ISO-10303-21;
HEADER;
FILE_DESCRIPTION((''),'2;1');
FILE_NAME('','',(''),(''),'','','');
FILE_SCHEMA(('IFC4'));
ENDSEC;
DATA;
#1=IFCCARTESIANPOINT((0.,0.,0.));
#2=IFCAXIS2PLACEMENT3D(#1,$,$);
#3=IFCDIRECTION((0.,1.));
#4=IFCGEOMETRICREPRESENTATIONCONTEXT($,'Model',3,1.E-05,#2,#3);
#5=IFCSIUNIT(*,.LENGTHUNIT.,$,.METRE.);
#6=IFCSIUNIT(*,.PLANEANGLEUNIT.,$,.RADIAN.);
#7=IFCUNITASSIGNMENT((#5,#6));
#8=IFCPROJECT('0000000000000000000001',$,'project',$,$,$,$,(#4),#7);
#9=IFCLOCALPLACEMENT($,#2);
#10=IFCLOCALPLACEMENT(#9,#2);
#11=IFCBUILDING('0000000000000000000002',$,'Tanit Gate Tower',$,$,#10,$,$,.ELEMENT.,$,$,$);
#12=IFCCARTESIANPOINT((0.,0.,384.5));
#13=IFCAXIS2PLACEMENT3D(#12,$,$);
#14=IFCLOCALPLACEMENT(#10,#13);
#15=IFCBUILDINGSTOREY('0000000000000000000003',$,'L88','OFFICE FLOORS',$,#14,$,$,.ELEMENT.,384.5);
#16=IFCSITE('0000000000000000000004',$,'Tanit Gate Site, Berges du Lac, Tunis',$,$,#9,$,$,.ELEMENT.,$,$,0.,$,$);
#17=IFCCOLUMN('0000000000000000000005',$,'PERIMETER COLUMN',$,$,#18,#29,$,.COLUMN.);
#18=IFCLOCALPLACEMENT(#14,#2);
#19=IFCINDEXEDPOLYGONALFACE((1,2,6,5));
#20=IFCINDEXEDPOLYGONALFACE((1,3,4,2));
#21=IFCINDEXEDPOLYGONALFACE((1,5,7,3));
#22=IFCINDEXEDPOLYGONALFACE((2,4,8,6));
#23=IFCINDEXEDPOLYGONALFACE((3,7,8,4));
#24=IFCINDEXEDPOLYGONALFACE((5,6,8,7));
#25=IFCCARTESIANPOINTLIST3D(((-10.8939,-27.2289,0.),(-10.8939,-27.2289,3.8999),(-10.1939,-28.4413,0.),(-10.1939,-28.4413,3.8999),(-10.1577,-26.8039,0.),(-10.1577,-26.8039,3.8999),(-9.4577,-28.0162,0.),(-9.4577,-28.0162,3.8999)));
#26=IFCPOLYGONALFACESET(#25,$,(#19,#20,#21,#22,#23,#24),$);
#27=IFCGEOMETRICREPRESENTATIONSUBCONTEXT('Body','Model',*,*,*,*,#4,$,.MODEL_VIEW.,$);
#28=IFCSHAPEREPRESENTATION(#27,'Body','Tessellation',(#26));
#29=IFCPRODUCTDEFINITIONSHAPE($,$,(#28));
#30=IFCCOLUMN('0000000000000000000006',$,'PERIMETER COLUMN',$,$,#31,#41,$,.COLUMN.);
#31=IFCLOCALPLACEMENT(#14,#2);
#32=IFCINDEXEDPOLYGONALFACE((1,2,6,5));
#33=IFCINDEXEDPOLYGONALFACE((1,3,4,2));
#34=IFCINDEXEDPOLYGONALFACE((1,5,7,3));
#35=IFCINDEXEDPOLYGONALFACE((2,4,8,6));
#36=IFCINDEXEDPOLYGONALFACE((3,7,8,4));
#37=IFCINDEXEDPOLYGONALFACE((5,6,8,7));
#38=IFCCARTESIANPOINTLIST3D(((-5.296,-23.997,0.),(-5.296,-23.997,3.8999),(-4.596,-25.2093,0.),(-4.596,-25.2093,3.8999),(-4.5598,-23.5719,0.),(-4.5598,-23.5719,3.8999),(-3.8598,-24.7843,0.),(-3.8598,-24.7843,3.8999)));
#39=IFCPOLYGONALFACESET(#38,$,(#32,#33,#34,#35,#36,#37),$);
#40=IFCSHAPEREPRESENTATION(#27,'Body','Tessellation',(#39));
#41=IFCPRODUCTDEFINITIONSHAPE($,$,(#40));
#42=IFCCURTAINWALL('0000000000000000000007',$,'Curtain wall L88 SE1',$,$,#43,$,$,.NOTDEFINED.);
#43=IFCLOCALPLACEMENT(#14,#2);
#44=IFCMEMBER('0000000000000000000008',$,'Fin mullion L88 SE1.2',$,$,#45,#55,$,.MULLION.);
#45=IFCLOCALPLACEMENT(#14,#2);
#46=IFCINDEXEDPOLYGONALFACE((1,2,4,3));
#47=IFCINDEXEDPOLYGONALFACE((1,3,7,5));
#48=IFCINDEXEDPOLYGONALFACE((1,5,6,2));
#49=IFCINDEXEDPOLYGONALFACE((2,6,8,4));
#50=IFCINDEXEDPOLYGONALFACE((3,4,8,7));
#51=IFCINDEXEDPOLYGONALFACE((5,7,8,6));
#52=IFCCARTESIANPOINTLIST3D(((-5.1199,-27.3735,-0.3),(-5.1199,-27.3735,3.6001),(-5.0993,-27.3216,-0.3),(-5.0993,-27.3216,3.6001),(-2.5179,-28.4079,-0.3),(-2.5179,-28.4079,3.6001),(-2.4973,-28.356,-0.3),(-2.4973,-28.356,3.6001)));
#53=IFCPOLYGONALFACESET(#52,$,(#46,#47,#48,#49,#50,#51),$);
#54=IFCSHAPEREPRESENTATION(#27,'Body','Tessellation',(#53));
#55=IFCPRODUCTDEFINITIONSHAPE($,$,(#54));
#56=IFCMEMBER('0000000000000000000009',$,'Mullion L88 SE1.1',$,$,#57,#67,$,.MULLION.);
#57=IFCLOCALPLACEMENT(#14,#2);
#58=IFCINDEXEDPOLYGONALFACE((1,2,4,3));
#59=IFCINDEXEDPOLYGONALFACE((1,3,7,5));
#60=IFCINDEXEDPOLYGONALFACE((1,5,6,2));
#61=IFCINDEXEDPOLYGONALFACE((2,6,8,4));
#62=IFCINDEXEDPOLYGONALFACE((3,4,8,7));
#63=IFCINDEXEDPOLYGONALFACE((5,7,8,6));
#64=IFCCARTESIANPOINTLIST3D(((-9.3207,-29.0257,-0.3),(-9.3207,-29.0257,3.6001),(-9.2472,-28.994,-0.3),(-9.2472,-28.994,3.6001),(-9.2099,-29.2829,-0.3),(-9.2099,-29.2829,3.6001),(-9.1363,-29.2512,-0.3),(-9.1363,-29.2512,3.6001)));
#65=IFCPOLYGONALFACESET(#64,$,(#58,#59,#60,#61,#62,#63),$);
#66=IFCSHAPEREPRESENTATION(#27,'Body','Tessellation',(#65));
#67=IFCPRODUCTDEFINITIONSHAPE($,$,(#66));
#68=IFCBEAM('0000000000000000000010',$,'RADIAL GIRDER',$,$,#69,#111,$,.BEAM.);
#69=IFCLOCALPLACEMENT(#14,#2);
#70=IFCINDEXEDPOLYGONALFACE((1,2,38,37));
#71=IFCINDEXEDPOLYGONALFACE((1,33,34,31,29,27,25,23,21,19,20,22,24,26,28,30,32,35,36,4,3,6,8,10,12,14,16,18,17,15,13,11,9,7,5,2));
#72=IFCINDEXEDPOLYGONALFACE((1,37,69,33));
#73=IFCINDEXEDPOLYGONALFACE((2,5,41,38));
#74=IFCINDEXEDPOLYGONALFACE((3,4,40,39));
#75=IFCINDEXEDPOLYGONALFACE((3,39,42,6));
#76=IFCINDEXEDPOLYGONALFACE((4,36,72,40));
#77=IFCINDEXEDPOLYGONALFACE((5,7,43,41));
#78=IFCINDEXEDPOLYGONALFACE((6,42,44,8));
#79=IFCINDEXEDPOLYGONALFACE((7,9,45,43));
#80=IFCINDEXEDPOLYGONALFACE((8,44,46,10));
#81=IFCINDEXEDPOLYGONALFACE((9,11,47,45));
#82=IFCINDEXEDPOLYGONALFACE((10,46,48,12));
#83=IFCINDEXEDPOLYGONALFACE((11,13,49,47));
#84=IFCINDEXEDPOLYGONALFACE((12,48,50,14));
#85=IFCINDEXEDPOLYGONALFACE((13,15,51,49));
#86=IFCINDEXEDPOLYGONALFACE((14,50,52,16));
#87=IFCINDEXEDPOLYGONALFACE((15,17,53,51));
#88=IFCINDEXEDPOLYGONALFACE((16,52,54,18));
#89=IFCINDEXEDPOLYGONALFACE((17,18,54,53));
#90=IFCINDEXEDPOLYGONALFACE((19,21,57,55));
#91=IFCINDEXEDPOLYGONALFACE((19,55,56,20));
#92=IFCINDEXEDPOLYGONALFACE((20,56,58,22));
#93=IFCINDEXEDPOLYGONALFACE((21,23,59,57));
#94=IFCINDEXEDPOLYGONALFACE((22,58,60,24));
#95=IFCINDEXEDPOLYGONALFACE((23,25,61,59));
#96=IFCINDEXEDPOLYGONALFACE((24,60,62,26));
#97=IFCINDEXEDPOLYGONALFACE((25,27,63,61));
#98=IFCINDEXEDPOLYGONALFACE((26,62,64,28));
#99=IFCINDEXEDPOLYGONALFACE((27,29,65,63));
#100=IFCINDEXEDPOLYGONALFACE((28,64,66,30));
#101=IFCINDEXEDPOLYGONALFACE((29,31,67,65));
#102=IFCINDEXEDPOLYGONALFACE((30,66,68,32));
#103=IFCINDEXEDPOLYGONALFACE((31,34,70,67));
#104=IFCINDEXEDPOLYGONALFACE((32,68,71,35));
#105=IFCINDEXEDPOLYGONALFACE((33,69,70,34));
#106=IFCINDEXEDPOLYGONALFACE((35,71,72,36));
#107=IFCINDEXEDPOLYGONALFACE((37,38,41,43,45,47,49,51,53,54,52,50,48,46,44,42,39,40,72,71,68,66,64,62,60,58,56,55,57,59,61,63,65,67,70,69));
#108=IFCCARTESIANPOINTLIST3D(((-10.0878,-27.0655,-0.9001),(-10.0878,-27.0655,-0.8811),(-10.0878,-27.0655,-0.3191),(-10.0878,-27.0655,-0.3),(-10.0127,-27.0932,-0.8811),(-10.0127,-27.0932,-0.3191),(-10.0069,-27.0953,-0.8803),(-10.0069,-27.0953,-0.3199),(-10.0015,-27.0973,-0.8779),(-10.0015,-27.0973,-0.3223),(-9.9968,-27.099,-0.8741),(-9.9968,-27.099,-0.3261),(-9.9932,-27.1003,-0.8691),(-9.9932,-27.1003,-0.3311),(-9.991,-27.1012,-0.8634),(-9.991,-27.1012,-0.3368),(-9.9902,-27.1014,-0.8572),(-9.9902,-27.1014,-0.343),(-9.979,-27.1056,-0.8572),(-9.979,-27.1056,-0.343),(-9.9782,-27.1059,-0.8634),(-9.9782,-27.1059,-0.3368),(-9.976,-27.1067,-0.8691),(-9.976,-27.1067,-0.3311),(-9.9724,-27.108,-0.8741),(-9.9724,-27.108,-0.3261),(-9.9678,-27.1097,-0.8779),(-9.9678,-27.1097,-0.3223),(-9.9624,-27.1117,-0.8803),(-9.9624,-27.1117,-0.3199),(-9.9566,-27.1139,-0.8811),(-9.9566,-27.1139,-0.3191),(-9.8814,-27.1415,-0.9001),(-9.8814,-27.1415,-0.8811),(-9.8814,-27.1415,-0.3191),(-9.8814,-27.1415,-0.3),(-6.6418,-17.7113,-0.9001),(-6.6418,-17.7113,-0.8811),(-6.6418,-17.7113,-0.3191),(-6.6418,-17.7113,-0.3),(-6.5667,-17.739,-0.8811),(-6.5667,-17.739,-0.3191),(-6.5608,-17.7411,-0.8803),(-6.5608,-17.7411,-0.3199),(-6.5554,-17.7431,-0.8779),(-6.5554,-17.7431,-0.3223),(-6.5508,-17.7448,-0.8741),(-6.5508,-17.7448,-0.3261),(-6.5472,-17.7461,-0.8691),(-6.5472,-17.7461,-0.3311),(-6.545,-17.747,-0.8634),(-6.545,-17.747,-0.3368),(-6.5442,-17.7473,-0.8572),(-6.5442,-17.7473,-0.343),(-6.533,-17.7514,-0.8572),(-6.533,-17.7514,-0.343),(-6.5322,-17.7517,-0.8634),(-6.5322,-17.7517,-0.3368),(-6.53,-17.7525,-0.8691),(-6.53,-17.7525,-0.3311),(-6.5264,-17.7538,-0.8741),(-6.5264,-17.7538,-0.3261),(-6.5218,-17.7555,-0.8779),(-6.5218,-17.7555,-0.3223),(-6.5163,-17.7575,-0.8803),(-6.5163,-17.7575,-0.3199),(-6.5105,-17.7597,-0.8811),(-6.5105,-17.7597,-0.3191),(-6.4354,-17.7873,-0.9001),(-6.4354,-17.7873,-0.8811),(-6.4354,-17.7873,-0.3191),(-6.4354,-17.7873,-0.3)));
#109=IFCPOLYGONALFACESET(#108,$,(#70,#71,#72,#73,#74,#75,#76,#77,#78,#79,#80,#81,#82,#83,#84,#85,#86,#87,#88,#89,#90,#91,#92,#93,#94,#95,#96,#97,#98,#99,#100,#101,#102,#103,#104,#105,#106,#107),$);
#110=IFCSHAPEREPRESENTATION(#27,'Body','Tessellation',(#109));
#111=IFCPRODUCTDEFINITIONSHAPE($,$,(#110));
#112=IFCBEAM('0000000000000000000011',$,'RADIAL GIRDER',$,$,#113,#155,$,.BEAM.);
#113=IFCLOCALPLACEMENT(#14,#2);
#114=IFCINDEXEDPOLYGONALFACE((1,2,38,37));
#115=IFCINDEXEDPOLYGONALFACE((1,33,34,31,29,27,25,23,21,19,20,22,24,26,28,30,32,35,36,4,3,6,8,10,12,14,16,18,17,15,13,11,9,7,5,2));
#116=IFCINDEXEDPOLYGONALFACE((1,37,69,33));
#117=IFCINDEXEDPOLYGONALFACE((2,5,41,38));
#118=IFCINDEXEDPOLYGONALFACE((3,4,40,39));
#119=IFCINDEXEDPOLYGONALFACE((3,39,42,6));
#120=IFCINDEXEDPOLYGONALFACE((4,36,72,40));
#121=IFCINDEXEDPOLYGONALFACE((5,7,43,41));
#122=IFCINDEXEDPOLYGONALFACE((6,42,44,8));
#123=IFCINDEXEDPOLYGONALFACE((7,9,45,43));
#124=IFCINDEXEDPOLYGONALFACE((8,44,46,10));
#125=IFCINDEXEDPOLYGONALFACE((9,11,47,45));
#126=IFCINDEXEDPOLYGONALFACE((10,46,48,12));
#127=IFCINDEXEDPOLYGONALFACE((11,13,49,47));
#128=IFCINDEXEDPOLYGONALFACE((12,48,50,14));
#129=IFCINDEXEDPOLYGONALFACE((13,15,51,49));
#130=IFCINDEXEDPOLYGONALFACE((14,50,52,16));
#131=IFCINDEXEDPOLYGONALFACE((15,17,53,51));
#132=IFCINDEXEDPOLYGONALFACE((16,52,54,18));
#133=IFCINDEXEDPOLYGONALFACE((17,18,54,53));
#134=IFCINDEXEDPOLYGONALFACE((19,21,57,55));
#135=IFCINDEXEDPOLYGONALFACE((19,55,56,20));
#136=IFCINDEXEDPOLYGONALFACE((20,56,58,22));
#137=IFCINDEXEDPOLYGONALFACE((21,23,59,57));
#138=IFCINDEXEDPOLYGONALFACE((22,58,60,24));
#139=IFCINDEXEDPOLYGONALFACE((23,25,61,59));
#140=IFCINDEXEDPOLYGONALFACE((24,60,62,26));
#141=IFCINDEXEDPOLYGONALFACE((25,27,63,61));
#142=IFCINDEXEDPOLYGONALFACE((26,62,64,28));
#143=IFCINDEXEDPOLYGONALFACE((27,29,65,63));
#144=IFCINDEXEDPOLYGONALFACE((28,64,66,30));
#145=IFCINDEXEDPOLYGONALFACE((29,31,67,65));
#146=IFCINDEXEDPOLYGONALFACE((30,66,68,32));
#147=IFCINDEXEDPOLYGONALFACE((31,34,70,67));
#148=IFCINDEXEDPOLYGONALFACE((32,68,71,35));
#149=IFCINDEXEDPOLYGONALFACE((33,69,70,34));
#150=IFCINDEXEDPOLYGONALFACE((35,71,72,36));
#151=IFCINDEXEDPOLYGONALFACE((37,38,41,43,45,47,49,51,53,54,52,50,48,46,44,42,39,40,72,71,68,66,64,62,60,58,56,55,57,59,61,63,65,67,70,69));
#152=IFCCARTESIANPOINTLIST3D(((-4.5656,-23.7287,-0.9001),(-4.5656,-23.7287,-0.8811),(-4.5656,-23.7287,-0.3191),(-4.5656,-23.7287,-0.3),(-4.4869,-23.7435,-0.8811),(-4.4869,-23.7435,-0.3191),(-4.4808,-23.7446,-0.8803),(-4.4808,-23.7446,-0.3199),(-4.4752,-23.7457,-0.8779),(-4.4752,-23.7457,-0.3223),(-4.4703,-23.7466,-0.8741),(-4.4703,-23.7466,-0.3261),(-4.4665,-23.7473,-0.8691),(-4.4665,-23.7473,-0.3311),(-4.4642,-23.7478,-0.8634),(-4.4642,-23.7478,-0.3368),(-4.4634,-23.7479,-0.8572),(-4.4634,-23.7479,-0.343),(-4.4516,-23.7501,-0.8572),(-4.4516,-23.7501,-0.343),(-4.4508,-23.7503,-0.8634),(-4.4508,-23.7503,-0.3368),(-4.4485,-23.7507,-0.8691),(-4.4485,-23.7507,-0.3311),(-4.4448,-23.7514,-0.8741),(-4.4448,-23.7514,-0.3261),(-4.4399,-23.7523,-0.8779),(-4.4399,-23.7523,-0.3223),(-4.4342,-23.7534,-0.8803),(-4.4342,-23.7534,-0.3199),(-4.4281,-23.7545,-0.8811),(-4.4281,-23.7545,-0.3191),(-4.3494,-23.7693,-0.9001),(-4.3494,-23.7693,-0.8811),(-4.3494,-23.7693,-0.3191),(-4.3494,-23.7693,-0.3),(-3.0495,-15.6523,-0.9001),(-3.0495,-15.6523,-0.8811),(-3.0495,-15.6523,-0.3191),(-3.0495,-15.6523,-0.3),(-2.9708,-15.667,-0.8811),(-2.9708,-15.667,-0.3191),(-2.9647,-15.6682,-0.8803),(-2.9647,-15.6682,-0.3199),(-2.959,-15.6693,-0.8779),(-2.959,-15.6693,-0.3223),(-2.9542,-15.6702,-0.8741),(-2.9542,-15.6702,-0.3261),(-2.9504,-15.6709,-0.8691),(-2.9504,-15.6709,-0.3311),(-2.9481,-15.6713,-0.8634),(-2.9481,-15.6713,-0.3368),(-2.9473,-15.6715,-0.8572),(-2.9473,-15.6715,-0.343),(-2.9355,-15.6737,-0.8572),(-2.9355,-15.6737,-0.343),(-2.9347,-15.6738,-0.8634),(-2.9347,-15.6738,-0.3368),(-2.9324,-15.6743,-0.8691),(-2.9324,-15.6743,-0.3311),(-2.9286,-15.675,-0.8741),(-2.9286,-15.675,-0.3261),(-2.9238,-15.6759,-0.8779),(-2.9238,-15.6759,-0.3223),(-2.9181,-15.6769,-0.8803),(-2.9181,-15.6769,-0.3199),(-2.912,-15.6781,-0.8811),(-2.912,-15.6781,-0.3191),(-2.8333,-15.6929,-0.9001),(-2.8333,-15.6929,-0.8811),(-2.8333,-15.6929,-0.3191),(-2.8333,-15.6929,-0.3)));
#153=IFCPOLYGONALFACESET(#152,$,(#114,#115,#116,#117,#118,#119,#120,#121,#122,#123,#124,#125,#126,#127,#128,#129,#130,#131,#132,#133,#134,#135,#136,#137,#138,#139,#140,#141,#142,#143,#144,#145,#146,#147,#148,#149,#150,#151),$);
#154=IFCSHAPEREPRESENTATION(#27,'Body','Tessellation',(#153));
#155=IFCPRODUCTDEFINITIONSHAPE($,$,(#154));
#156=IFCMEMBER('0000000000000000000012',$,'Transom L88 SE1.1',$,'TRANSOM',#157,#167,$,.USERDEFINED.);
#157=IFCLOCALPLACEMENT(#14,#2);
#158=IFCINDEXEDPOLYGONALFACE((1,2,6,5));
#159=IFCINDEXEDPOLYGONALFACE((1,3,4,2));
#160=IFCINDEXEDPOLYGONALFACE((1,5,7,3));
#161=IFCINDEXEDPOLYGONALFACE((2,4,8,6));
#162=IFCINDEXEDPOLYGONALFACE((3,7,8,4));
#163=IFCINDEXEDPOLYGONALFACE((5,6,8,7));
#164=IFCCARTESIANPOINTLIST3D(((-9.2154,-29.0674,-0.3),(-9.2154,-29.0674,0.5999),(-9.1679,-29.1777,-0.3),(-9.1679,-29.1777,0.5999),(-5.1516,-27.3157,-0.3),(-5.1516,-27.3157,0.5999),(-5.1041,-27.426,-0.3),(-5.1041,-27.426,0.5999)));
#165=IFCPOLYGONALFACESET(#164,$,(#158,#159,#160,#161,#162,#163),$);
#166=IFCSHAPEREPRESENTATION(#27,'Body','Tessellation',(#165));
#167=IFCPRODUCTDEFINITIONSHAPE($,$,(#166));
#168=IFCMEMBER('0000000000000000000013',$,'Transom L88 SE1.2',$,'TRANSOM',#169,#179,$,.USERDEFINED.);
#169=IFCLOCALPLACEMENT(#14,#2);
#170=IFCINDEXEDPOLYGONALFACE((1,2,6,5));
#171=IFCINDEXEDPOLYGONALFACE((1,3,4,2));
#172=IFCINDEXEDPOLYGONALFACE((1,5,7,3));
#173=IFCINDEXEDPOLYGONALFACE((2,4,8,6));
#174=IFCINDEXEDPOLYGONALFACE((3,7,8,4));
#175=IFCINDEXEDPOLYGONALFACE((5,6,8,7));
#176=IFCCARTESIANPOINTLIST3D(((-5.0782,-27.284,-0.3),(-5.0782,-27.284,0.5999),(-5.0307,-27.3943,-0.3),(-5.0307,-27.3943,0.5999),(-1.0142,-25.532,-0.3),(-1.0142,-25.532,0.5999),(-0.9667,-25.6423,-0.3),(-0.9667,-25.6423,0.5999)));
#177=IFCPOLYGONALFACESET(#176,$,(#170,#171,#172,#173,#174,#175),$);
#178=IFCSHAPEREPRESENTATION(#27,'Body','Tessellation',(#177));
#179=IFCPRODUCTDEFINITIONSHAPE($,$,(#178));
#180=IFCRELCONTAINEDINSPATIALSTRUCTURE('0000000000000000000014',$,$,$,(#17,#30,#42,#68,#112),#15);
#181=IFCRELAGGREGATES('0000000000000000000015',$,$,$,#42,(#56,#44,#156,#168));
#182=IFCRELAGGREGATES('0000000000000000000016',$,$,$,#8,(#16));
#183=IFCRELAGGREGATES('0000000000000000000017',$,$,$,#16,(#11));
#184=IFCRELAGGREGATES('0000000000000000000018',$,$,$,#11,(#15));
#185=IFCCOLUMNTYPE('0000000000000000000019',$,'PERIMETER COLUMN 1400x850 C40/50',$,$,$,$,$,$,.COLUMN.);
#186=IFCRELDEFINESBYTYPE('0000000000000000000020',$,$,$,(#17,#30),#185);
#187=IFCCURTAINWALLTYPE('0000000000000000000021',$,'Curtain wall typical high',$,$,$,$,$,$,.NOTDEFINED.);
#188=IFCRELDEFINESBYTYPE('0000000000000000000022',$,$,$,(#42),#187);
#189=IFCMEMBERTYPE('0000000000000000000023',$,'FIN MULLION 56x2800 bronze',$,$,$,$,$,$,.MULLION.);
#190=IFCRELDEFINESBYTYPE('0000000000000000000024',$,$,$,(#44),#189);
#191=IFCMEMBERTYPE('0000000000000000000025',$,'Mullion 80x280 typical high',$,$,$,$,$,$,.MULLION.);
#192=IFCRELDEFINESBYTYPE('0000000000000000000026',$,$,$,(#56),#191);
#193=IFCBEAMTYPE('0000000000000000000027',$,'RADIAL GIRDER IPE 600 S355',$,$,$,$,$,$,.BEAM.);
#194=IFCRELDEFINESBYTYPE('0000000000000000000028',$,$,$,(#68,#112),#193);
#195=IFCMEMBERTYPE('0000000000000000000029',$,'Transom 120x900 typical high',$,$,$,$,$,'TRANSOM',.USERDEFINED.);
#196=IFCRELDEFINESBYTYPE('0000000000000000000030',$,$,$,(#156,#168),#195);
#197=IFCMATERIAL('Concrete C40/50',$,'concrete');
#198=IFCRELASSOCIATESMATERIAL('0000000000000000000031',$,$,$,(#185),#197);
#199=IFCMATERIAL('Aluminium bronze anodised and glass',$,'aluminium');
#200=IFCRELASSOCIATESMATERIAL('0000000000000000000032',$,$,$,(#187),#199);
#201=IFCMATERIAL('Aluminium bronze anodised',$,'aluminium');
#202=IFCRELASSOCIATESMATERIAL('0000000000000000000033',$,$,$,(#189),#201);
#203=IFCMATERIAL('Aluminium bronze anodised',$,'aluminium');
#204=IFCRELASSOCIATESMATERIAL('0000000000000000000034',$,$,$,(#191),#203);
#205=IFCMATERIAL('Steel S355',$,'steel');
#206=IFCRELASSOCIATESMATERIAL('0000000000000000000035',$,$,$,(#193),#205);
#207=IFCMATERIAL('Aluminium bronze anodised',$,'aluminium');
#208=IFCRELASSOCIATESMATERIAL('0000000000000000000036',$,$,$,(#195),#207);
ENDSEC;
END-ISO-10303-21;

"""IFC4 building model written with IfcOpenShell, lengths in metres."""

from ifc_helpers import new_model, si_unit, direction, frame, origin, origin_2d, place, context, subcontext, project, spatial, rectangle, i_section, extrude, material, material_profile, profile_set, type_object, element, aggregate, save


model = new_model("IFC4")

# Units and contexts
model_context = context("Model", 3, precision=1e-05, world=origin(), true_north=direction((0.0, 1.0)))
body_context = subcontext(model_context, "Body", "Model", "MODEL_VIEW")
ifc_project = project(units=[si_unit("LENGTHUNIT", "METRE"), si_unit("PLANEANGLEUNIT", "RADIAN")], contexts=[model_context])

# Site, building, storey
site_placement = place(None, origin())
site = spatial("IfcSite", under=ifc_project, at=site_placement, Name="Tanit Gate Site, Berges du Lac, Tunis", CompositionType="ELEMENT", RefElevation=0.0)
building_placement = place(site_placement, origin())
building = spatial("IfcBuilding", under=site, at=building_placement, Name="Tanit Gate Tower", CompositionType="ELEMENT")
storey_placement = place(building_placement, frame((0.0, 0.0, 384.5)))
storey = spatial("IfcBuildingStorey", under=building, at=storey_placement, Name="L88", Description="OFFICE FLOORS", CompositionType="ELEMENT", Elevation=384.5)

# Columns
ifc_material_1 = material(Name="Concrete C40/50", Category="concrete")
ifc_material_profile_1 = material_profile(ifc_material_1, rectangle(XDim=1.3999, YDim=0.8501, at=origin_2d()), Name="RC 1400x850")
ifc_profile_set_1 = profile_set([ifc_material_profile_1], Name="Concrete C40/50")
column_type = type_object("IfcColumnType", Name="PERIMETER COLUMN 1400x850 C40/50", PredefinedType="COLUMN", material=ifc_profile_set_1)
for number, where, z_axis, x_axis, name in (
    (1, (-10.1758, -27.6226, 0.0), (0.0, 0.0, 1.0), (0.5, -0.866025, 0.0), "PERIMETER COLUMN"),
    (2, (-4.5779, -24.3906, 0.0), (0.0, 0.0, 1.0), (0.5, -0.866025, 0.0), "PERIMETER COLUMN"),
):
    element("IfcColumn", number, at=place(storey_placement, frame(where, z_axis=z_axis, x_axis=x_axis)), inside=storey, type_object=column_type, Name=name, PredefinedType="COLUMN", context=body_context, shape_type="SweptSolid", body=[
        extrude(rectangle(XDim=1.3999, YDim=0.8501, at=origin_2d()), origin(), (0.0, 0.0, 1.0), 3.8999),
    ])

# Curtain wall, members
ifc_material_2 = material(Name="Aluminium bronze anodised and glass", Category="aluminium")
curtain_wall_type = type_object("IfcCurtainWallType", Name="Curtain wall typical high", PredefinedType="NOTDEFINED", material=ifc_material_2)
curtain_wall_placement = place(storey_placement, origin())
curtain_wall = element("IfcCurtainWall", 3, at=curtain_wall_placement, inside=storey, type_object=curtain_wall_type, Name="Curtain wall L88 SE1", PredefinedType="NOTDEFINED")
ifc_material_3 = material(Name="Aluminium bronze anodised", Category="aluminium")
ifc_material_profile_2 = material_profile(ifc_material_3, rectangle(XDim=2.8, YDim=0.0559, at=origin_2d()), Name="56x2800 bronze fin mullion")
ifc_profile_set_2 = profile_set([ifc_material_profile_2], Name="Aluminium bronze anodised")
member_type_1 = type_object("IfcMemberType", Name="FIN MULLION 56x2800 bronze", PredefinedType="MULLION", material=ifc_profile_set_2)
member_1_placement = place(storey_placement, frame((-3.8086, -27.8647, -0.3), z_axis=(0.0, 0.0, 1.0), x_axis=(-0.929264, 0.369417, 0.0)))
member_1 = element("IfcMember", 4, at=member_1_placement, type_object=member_type_1, Name="Fin mullion L88 SE1.2", PredefinedType="MULLION", context=body_context, shape_type="SweptSolid", body=[
    extrude(rectangle(XDim=2.8, YDim=0.0559, at=origin_2d()), origin(), (0.0, 0.0, 1.0), 3.9001),
])
ifc_material_4 = material(Name="Aluminium bronze anodised", Category="aluminium")
ifc_material_profile_3 = material_profile(ifc_material_4, rectangle(XDim=0.28, YDim=0.0801, at=origin_2d()), Name="80x280 bronze mullion")
ifc_profile_set_3 = profile_set([ifc_material_profile_3], Name="Aluminium bronze anodised")
member_type_2 = type_object("IfcMemberType", Name="Mullion 80x280 typical high", PredefinedType="MULLION", material=ifc_profile_set_3)
member_2_placement = place(storey_placement, frame((-9.2285, -29.1384, -0.3), z_axis=(0.0, 0.0, 1.0), x_axis=(-0.395871, 0.918306, 0.0)))
member_2 = element("IfcMember", 5, at=member_2_placement, type_object=member_type_2, Name="Mullion L88 SE1.1", PredefinedType="MULLION", context=body_context, shape_type="SweptSolid", body=[
    extrude(rectangle(XDim=0.28, YDim=0.0801, at=origin_2d()), origin(), (0.0, 0.0, 1.0), 3.9001),
])

# Beams
ifc_material_5 = material(Name="Steel S355", Category="steel")
ifc_material_profile_4 = material_profile(ifc_material_5, i_section(OverallWidth=0.22, OverallDepth=0.6001, WebThickness=0.012, FlangeThickness=0.019, FilletRadius=0.0239, at=origin_2d()), Name="IPE 600")
ifc_profile_set_4 = profile_set([ifc_material_profile_4], Name="Steel S355")
beam_type = type_object("IfcBeamType", Name="RADIAL GIRDER IPE 600 S355", PredefinedType="BEAM", material=ifc_profile_set_4)
beam_1_placement = place(storey_placement, frame((-9.9846, -27.1035, -0.6001), z_axis=(0.345683, 0.938351, 0.0), x_axis=(-0.938351, 0.345683, 0.0)))
element("IfcBeam", 6, at=beam_1_placement, inside=storey, type_object=beam_type, Name="RADIAL GIRDER", PredefinedType="BEAM", context=body_context, shape_type="SweptSolid", body=[
    extrude(i_section(OverallWidth=0.22, OverallDepth=0.6001, WebThickness=0.012, FlangeThickness=0.019, FilletRadius=0.0239, at=origin_2d()), origin(), (0.0, 0.0, 1.0), 9.9688),
])
beam_2_placement = place(storey_placement, frame((-4.4575, -23.749, -0.6001), z_axis=(0.184498, 0.982833, 0.0), x_axis=(-0.982833, 0.184498, 0.0)))
element("IfcBeam", 7, at=beam_2_placement, inside=storey, type_object=beam_type, Name="RADIAL GIRDER", PredefinedType="BEAM", context=body_context, shape_type="SweptSolid", body=[
    extrude(i_section(OverallWidth=0.22, OverallDepth=0.6001, WebThickness=0.012, FlangeThickness=0.019, FilletRadius=0.0239, at=origin_2d()), origin(), (0.0, 0.0, 1.0), 8.2175),
])

# Members
ifc_material_6 = material(Name="Aluminium bronze anodised", Category="aluminium")
ifc_material_profile_5 = material_profile(ifc_material_6, rectangle(XDim=0.1201, YDim=0.8999, at=origin_2d()), Name="120x900 bronze transom")
ifc_profile_set_5 = profile_set([ifc_material_profile_5], Name="Aluminium bronze anodised")
member_type_3 = type_object("IfcMemberType", Name="Transom 120x900 typical high", ElementType="TRANSOM", PredefinedType="USERDEFINED", material=ifc_profile_set_5)
member_3_placement = place(storey_placement, frame((-9.1917, -29.1226, 0.1499), z_axis=(0.918315, 0.395849, 0.0), x_axis=(-0.395849, 0.918315, 0.0)))
member_3 = element("IfcMember", 8, at=member_3_placement, type_object=member_type_3, Name="Transom L88 SE1.1", ObjectType="TRANSOM", PredefinedType="USERDEFINED", context=body_context, shape_type="SweptSolid", body=[
    extrude(rectangle(XDim=0.1201, YDim=0.8999, at=origin_2d()), origin(), (0.0, 0.0, 1.0), 4.4253),
])
member_4_placement = place(storey_placement, frame((-5.0544, -27.3391, 0.1499), z_axis=(0.918304, 0.395876, 0.0), x_axis=(-0.395876, 0.918304, 0.0)))
member_4 = element("IfcMember", 9, at=member_4_placement, type_object=member_type_3, Name="Transom L88 SE1.2", ObjectType="TRANSOM", PredefinedType="USERDEFINED", context=body_context, shape_type="SweptSolid", body=[
    extrude(rectangle(XDim=0.1201, YDim=0.8999, at=origin_2d()), origin(), (0.0, 0.0, 1.0), 4.4255),
])

aggregate(curtain_wall, [member_2, member_1, member_3, member_4])

save(model, "model.ifc")
